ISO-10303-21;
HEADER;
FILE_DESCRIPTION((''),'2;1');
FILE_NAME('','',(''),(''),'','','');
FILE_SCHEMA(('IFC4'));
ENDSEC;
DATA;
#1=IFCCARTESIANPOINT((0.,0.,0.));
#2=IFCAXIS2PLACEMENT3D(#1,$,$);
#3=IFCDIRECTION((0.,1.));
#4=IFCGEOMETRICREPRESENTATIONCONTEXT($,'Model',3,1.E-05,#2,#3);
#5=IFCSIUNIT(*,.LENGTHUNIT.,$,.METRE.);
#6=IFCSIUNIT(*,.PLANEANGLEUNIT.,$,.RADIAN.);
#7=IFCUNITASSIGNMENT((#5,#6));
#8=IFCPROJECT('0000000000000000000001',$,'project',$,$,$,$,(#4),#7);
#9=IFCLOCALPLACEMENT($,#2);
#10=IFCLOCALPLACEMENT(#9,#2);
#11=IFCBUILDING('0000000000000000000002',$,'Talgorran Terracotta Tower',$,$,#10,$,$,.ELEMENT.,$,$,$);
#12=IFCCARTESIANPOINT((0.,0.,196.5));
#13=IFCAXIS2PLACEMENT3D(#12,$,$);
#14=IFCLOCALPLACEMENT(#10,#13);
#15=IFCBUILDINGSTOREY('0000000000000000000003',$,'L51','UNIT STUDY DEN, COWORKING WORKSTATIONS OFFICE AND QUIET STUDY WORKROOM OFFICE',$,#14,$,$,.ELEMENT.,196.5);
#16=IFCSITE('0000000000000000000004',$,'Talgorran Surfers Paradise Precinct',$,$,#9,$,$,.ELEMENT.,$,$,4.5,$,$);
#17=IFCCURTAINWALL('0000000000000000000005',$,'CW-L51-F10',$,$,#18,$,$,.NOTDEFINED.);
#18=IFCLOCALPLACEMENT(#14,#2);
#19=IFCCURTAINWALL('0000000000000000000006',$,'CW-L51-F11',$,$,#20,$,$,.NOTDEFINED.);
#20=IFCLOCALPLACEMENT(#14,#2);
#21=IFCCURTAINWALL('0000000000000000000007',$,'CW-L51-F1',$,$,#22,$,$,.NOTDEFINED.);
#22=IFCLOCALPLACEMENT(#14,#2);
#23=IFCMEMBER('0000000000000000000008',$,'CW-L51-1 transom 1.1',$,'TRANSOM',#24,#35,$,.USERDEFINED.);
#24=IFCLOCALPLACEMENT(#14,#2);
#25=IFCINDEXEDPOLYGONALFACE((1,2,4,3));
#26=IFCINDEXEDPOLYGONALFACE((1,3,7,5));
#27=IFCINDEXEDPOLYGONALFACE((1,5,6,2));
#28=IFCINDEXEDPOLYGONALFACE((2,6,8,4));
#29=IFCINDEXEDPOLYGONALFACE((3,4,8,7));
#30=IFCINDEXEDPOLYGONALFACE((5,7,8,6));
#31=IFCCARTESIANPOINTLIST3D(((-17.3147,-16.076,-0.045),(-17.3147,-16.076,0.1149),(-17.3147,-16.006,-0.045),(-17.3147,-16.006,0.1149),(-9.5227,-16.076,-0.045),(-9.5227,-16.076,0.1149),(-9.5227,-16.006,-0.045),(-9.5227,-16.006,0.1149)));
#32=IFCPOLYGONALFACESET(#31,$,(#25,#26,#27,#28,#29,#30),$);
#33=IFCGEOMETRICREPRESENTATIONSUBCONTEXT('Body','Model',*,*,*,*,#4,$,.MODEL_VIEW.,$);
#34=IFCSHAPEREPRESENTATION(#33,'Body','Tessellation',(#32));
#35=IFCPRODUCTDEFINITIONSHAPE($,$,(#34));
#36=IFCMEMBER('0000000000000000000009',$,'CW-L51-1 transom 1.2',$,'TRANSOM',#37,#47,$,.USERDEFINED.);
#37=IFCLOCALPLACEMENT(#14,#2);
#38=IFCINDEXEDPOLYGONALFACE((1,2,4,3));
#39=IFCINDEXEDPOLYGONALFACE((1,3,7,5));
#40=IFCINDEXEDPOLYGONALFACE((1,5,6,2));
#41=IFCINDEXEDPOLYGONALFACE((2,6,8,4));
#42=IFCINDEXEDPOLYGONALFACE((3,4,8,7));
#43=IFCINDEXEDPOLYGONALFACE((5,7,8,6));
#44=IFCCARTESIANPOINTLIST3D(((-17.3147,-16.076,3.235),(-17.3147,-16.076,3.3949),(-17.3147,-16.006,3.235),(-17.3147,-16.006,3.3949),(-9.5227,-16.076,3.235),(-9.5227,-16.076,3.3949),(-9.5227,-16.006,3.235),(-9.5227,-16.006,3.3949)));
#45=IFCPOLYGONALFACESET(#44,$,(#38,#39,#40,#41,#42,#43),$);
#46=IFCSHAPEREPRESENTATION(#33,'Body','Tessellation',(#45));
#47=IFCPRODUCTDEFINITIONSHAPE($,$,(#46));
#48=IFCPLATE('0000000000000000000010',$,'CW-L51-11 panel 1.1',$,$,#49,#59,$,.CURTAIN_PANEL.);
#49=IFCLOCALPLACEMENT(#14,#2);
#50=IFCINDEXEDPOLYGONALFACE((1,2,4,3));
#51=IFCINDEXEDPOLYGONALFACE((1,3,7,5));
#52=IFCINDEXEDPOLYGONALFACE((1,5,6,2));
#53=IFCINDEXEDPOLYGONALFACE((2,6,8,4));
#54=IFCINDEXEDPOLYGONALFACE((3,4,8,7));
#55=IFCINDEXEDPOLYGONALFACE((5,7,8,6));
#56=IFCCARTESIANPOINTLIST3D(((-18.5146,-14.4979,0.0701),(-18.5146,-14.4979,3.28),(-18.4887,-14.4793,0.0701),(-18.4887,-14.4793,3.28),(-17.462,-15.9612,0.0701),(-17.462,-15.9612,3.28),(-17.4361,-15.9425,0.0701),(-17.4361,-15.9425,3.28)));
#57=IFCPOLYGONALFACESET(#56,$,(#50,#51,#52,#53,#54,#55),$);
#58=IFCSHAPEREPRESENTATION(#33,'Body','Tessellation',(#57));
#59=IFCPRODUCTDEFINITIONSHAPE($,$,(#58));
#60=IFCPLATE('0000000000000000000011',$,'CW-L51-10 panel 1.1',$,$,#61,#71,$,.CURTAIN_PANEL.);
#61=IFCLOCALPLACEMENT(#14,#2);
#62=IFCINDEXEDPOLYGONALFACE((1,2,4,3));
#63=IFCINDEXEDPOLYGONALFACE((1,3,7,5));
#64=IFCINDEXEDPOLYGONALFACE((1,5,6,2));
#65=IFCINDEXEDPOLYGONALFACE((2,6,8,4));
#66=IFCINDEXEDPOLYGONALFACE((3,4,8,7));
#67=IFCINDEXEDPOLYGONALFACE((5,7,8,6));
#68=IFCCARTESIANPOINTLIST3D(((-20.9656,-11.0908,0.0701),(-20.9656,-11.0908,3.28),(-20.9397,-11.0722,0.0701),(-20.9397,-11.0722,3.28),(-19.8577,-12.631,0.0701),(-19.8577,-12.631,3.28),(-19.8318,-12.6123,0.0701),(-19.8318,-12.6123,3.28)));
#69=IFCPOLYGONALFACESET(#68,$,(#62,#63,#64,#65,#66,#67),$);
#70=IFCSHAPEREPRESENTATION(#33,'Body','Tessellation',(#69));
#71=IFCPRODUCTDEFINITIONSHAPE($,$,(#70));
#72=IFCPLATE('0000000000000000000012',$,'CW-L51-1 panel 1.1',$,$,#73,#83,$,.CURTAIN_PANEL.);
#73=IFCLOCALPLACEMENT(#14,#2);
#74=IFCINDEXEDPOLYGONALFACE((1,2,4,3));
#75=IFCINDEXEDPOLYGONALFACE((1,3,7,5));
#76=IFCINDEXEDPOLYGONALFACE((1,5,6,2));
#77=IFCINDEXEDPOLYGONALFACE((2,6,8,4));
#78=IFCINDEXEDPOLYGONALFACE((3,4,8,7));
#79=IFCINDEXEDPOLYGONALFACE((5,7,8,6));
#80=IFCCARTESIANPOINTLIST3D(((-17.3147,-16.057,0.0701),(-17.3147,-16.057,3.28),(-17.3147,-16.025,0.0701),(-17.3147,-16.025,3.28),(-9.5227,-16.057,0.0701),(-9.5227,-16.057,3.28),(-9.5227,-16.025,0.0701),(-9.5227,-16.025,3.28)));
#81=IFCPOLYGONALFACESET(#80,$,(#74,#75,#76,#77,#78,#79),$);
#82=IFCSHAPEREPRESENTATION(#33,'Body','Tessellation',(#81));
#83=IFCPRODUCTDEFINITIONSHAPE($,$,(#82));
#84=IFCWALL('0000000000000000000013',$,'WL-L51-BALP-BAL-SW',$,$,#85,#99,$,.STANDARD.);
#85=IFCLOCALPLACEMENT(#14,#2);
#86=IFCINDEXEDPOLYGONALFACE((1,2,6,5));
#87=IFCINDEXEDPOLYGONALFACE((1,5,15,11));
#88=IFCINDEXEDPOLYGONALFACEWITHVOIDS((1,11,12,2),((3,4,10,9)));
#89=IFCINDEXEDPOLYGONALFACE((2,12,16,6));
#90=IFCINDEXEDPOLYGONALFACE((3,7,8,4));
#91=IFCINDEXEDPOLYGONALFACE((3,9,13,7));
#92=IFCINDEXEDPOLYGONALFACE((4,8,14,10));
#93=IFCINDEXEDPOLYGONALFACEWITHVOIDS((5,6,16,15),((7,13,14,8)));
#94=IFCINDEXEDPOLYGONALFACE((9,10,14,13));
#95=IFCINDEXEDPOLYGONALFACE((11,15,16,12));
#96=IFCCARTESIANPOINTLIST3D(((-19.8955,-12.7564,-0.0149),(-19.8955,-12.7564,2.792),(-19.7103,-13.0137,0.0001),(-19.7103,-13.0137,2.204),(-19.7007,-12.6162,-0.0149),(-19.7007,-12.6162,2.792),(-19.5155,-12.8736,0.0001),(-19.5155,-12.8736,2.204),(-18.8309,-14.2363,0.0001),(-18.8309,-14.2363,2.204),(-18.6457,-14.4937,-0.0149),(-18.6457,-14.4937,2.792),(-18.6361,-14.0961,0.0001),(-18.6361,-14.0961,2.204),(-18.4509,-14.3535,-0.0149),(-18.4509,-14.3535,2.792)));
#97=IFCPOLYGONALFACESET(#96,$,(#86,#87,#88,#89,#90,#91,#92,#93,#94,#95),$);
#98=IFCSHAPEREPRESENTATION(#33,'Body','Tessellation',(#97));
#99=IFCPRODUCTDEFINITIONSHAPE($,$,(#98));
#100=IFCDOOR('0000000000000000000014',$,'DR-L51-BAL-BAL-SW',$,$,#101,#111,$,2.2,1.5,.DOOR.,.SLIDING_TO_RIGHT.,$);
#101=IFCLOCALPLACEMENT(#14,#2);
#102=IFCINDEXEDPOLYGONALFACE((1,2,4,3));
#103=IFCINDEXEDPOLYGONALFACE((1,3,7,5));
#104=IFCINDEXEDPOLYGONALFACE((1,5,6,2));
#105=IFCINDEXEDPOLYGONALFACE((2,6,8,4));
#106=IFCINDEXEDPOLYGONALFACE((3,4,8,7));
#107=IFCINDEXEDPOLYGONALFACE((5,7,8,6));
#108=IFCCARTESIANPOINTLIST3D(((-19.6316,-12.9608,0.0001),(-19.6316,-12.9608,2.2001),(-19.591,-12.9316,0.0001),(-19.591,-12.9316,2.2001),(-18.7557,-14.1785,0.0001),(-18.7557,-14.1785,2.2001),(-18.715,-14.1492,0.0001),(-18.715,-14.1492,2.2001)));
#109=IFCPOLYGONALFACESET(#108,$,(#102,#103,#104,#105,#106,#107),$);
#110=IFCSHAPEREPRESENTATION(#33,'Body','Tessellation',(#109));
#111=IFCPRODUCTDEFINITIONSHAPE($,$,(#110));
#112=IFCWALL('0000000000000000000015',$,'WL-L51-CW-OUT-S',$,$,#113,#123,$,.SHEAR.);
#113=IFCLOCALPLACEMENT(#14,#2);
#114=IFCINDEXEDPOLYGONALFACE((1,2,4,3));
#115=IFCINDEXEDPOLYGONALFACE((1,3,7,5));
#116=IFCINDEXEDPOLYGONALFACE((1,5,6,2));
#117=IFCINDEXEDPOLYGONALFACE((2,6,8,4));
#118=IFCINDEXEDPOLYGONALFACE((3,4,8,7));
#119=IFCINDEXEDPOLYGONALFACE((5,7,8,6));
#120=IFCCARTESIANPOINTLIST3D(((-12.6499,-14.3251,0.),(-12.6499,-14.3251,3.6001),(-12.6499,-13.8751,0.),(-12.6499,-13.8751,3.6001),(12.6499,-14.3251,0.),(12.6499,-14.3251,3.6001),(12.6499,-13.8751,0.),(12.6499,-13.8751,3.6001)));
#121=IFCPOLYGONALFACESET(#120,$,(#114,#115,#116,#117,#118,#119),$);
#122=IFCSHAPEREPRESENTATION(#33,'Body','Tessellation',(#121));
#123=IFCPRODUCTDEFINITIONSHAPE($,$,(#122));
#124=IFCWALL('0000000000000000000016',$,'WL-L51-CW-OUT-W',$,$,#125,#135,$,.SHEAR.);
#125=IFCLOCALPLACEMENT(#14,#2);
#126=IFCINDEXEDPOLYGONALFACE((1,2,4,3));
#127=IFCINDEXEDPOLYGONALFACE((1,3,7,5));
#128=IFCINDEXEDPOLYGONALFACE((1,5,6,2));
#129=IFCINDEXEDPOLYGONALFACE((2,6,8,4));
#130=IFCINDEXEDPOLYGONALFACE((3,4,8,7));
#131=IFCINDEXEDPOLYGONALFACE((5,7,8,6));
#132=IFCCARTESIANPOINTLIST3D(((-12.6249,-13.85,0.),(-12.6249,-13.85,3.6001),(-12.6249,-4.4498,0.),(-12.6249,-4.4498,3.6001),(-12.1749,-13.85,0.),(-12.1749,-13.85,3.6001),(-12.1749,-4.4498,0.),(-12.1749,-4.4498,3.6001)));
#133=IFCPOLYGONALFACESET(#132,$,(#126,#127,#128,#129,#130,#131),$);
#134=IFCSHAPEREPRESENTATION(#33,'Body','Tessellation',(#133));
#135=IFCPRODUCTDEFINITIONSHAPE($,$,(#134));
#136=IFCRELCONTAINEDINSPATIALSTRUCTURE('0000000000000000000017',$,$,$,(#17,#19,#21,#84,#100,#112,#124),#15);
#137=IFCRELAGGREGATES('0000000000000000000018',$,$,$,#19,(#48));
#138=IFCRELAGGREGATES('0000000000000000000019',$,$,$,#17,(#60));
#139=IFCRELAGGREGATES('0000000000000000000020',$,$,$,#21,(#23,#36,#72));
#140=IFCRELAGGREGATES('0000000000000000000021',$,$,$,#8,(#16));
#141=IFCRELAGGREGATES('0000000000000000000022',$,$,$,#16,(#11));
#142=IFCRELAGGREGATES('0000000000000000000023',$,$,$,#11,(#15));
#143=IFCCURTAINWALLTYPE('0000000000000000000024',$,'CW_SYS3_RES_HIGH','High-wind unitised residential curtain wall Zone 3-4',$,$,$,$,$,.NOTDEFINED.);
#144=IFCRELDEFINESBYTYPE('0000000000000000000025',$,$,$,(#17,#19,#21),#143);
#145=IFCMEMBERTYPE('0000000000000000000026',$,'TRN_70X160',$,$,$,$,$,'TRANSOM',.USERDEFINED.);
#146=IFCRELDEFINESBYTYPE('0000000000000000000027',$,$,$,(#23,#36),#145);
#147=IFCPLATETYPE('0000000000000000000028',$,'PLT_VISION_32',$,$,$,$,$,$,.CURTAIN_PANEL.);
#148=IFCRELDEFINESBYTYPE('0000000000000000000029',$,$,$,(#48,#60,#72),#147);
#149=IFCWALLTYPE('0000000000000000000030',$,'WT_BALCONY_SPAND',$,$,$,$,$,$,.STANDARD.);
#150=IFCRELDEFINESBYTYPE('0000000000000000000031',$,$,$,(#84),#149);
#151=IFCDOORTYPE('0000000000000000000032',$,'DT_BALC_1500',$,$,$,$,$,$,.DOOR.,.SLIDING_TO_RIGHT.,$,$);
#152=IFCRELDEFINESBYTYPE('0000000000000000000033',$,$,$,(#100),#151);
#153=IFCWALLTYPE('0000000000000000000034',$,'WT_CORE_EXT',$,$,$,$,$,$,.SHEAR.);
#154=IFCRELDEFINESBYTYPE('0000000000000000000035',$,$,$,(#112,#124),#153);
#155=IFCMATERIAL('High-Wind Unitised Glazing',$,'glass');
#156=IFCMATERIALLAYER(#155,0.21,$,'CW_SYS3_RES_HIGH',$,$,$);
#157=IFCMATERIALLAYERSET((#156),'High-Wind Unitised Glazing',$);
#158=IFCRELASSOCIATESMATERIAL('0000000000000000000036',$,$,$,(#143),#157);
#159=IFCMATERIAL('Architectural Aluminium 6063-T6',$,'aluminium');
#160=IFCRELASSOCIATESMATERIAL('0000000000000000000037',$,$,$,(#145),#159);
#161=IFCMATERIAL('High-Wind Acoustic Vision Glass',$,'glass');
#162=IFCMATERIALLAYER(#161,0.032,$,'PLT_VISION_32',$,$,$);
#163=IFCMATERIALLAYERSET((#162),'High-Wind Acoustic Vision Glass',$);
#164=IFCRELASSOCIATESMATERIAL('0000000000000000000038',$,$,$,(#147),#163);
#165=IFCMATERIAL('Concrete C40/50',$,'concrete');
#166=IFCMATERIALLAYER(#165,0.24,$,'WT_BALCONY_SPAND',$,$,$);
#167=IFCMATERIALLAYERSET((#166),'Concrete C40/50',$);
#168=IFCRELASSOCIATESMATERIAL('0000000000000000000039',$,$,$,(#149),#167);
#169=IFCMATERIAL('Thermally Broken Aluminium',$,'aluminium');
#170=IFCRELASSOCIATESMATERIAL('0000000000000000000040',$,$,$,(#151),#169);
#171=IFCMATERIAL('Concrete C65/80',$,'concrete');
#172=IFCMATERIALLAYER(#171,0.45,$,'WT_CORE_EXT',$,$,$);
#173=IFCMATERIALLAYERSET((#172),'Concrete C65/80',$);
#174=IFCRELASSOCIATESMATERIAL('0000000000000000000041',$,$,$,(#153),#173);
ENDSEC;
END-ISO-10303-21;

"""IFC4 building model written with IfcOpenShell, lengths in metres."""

from ifc_helpers import new_model, si_unit, direction, frame, frame_2d, origin, origin_2d, place, context, subcontext, project, spatial, rectangle, extrude, source, transform, mapped, material, layer, layer_set, material_profile, profile_set, type_object, type_shapes, element, fill, aggregate, save


model = new_model("IFC4")

# Units and contexts
model_context = context("Model", 3, precision=1e-05, world=origin(), true_north=direction((0.0, 1.0)))
body_context = subcontext(model_context, "Body", "Model", "MODEL_VIEW")
ifc_project = project(units=[si_unit("LENGTHUNIT", "METRE"), si_unit("PLANEANGLEUNIT", "RADIAN")], contexts=[model_context])

# Site, building, storey
site_placement = place(None, origin())
site = spatial("IfcSite", under=ifc_project, at=site_placement, Name="Talgorran Surfers Paradise Precinct", CompositionType="ELEMENT", RefElevation=4.5)
building_placement = place(site_placement, origin())
building = spatial("IfcBuilding", under=site, at=building_placement, Name="Talgorran Terracotta Tower", CompositionType="ELEMENT")
storey_placement = place(building_placement, frame((0.0, 0.0, 196.5)))
storey = spatial("IfcBuildingStorey", under=building, at=storey_placement, Name="L51", Description="UNIT STUDY DEN, COWORKING WORKSTATIONS OFFICE AND QUIET STUDY WORKROOM OFFICE", CompositionType="ELEMENT", Elevation=196.5)

# Curtain wall
ifc_material_1 = material(Name="High-Wind Unitised Glazing", Category="glass")
ifc_layer_1 = layer(ifc_material_1, 0.21, Name="CW_SYS3_RES_HIGH")
ifc_layer_set_1 = layer_set([ifc_layer_1], Name="High-Wind Unitised Glazing")
curtain_wall_type = type_object("IfcCurtainWallType", Name="CW_SYS3_RES_HIGH", Description="High-wind unitised residential curtain wall Zone 3-4", PredefinedType="NOTDEFINED", material=ifc_layer_set_1)
curtain_wall_1_placement = place(storey_placement, origin())
curtain_wall_1 = element("IfcCurtainWall", 1, at=curtain_wall_1_placement, inside=storey, type_object=curtain_wall_type, Name="CW-L51-F10", PredefinedType="NOTDEFINED")
ifc_material_2 = material(Name="Architectural Aluminium 6063-T6", Category="aluminium")

# Curtain wall
curtain_wall_2_placement = place(storey_placement, origin())
curtain_wall_2 = element("IfcCurtainWall", 2, at=curtain_wall_2_placement, inside=storey, type_object=curtain_wall_type, Name="CW-L51-F11", PredefinedType="NOTDEFINED")

# Curtain wall
curtain_wall_3_placement = place(storey_placement, origin())
curtain_wall_3 = element("IfcCurtainWall", 3, at=curtain_wall_3_placement, inside=storey, type_object=curtain_wall_type, Name="CW-L51-F1", PredefinedType="NOTDEFINED")

# Members
ifc_material_profile_1 = material_profile(ifc_material_2, rectangle(XDim=0.0701, YDim=0.1599, at=origin_2d()), Name="CWT70X160")
ifc_profile_set_1 = profile_set([ifc_material_profile_1], Name="Architectural Aluminium 6063-T6")
member_type_1 = type_object("IfcMemberType", Name="TRN_70X160", ElementType="TRANSOM", PredefinedType="USERDEFINED", material=ifc_profile_set_1)
member_1_placement = place(storey_placement, frame((-17.3147, -16.041, 0.0349), z_axis=(1.0, 0.0, 0.0), x_axis=(0.0, 1.0, 0.0)))
member_1 = element("IfcMember", 4, at=member_1_placement, type_object=member_type_1, Name="CW-L51-1 transom 1.1", ObjectType="TRANSOM", PredefinedType="USERDEFINED", context=body_context, shape_type="SweptSolid", body=[
    extrude(rectangle(XDim=0.0701, YDim=0.1599, at=origin_2d()), origin(), (0.0, 0.0, 1.0), 7.792),
])
member_2_placement = place(storey_placement, frame((-17.3147, -16.041, 3.3149), z_axis=(1.0, 0.0, 0.0), x_axis=(0.0, 1.0, 0.0)))
member_2 = element("IfcMember", 5, at=member_2_placement, type_object=member_type_1, Name="CW-L51-1 transom 1.2", ObjectType="TRANSOM", PredefinedType="USERDEFINED", context=body_context, shape_type="SweptSolid", body=[
    extrude(rectangle(XDim=0.0701, YDim=0.1599, at=origin_2d()), origin(), (0.0, 0.0, 1.0), 7.792),
])

# Plates
ifc_material_3 = material(Name="High-Wind Acoustic Vision Glass", Category="glass")
ifc_layer_2 = layer(ifc_material_3, 0.032, Name="PLT_VISION_32")
ifc_layer_set_2 = layer_set([ifc_layer_2], Name="High-Wind Acoustic Vision Glass")
plate_type = type_object("IfcPlateType", Name="PLT_VISION_32", PredefinedType="CURTAIN_PANEL", material=ifc_layer_set_2)
shared_shape_1 = source(origin(), body_context, "Body", "SweptSolid", [
    extrude(rectangle(XDim=1.8025, YDim=0.032, at=origin_2d()), origin(), (0.0, 0.0, 1.0), 3.21),
])
plate_1_placement = place(storey_placement, frame((-17.9753, -15.2202, 0.0701), z_axis=(0.0, 0.0, 1.0), x_axis=(0.583976, -0.811771, 0.0)))
plate_1 = element("IfcPlate", 6, at=plate_1_placement, type_object=plate_type, Name="CW-L51-11 panel 1.1", PredefinedType="CURTAIN_PANEL", context=body_context, shape_type="MappedRepresentation", body=[
    mapped(shared_shape_1, transform((0.0, 0.0, 0.0), scale=1.0)),
])
aggregate(curtain_wall_2, [plate_1])
shared_shape_2 = source(origin(), body_context, "Body", "SweptSolid", [
    extrude(rectangle(XDim=1.8972, YDim=0.032, at=origin_2d()), origin(), (0.0, 0.0, 1.0), 3.21),
])
plate_2_placement = place(storey_placement, frame((-20.3987, -11.8516, 0.0701), z_axis=(0.0, 0.0, 1.0), x_axis=(0.583961, -0.811782, 0.0)))
plate_2 = element("IfcPlate", 7, at=plate_2_placement, type_object=plate_type, Name="CW-L51-10 panel 1.1", PredefinedType="CURTAIN_PANEL", context=body_context, shape_type="MappedRepresentation", body=[
    mapped(shared_shape_2, transform((0.0, 0.0, 0.0), scale=1.0)),
])
aggregate(curtain_wall_1, [plate_2])
shared_shape_3 = source(origin(), body_context, "Body", "SweptSolid", [
    extrude(rectangle(XDim=7.792, YDim=0.032, at=origin_2d()), origin(), (0.0, 0.0, 1.0), 3.21),
])
type_shapes(plate_type, [shared_shape_1, shared_shape_2, shared_shape_3])
plate_3_placement = place(storey_placement, frame((-13.4187, -16.041, 0.0701), z_axis=(0.0, 0.0, 1.0), x_axis=(1.0, 0.0, 0.0)))
plate_3 = element("IfcPlate", 8, at=plate_3_placement, type_object=plate_type, Name="CW-L51-1 panel 1.1", PredefinedType="CURTAIN_PANEL", context=body_context, shape_type="MappedRepresentation", body=[
    mapped(shared_shape_3, transform((0.0, 0.0, 0.0), scale=1.0)),
])
aggregate(curtain_wall_3, [member_1, member_2, plate_3])

# Wall, opening, door
ifc_material_4 = material(Name="Concrete C40/50", Category="concrete")
ifc_layer_3 = layer(ifc_material_4, 0.24, Name="WT_BALCONY_SPAND")
ifc_layer_set_3 = layer_set([ifc_layer_3], Name="Concrete C40/50")
wall_type_1 = type_object("IfcWallType", Name="WT_BALCONY_SPAND", PredefinedType="STANDARD", material=ifc_layer_set_3)
wall_1_placement = place(storey_placement, frame((-19.7981, -12.6863, -0.0149), z_axis=(0.0, 0.0, 1.0), x_axis=(0.583965, -0.811779, 0.0)))
wall_1 = element("IfcWall", 9, at=wall_1_placement, inside=storey, type_object=wall_type_1, Name="WL-L51-BALP-BAL-SW", PredefinedType="STANDARD", context=body_context, shape_type="SweptSolid", body=[
    extrude(rectangle(XDim=2.1401, YDim=0.24, at=frame_2d((1.0701, 0.0))), origin(), (0.0, 0.0, 1.0), 2.8069),
])
opening_placement = place(wall_1_placement, frame((0.3201, 0.0, 0.0149)))
opening = element("IfcOpeningElement", 10, at=opening_placement, cuts=wall_1, PredefinedType="OPENING", context=body_context, shape_type="SweptSolid", body=[
    extrude(rectangle(XDim=1.506, YDim=2.204, at=frame_2d((0.75, 1.1021))), frame((0.0, 0.1299, 0.0), z_axis=(0.0, -1.0, 0.0), x_axis=(1.0, 0.0, 0.0)), (0.0, 0.0, 1.0), 0.26),
])
ifc_material_5 = material(Name="Thermally Broken Aluminium", Category="aluminium")
door_type = type_object("IfcDoorType", Name="DT_BALC_1500", OperationType="SLIDING_TO_RIGHT", PredefinedType="DOOR", material=ifc_material_5)
door_placement = place(opening_placement, origin())
door = element("IfcDoor", 11, at=door_placement, inside=storey, type_object=door_type, Name="DR-L51-BAL-BAL-SW", OperationType="SLIDING_TO_RIGHT", OverallHeight=2.2, OverallWidth=1.5, PredefinedType="DOOR", context=body_context, shape_type="SweptSolid", body=[
    extrude(rectangle(XDim=1.5, YDim=2.2, at=frame_2d((0.75, 1.1001))), frame((0.0, 0.0249, 0.0), z_axis=(0.0, -1.0, 0.0), x_axis=(1.0, 0.0, 0.0)), (0.0, 0.0, 1.0), 0.05),
])
fill(opening, door)

# Walls
ifc_material_6 = material(Name="Concrete C65/80", Category="concrete")
ifc_layer_4 = layer(ifc_material_6, 0.45, Name="WT_CORE_EXT")
ifc_layer_set_4 = layer_set([ifc_layer_4], Name="Concrete C65/80")
wall_type_2 = type_object("IfcWallType", Name="WT_CORE_EXT", PredefinedType="SHEAR", material=ifc_layer_set_4)
wall_2_placement = place(storey_placement, frame((-12.6499, -14.1001, 0.0), z_axis=(0.0, 0.0, 1.0), x_axis=(1.0, 0.0, 0.0)))
element("IfcWall", 12, at=wall_2_placement, inside=storey, type_object=wall_type_2, Name="WL-L51-CW-OUT-S", PredefinedType="SHEAR", context=body_context, shape_type="SweptSolid", body=[
    extrude(rectangle(XDim=25.2998, YDim=0.45, at=frame_2d((12.6499, 0.0))), origin(), (0.0, 0.0, 1.0), 3.6001),
])
wall_3_placement = place(storey_placement, frame((-12.3999, -13.8501, 0.0), z_axis=(0.0, 0.0, 1.0), x_axis=(0.0, 1.0, 0.0)))
element("IfcWall", 13, at=wall_3_placement, inside=storey, type_object=wall_type_2, Name="WL-L51-CW-OUT-W", PredefinedType="SHEAR", context=body_context, shape_type="SweptSolid", body=[
    extrude(rectangle(XDim=9.4001, YDim=0.45, at=frame_2d((4.7002, 0.0))), origin(), (0.0, 0.0, 1.0), 3.6001),
])

save(model, "model.ifc")
